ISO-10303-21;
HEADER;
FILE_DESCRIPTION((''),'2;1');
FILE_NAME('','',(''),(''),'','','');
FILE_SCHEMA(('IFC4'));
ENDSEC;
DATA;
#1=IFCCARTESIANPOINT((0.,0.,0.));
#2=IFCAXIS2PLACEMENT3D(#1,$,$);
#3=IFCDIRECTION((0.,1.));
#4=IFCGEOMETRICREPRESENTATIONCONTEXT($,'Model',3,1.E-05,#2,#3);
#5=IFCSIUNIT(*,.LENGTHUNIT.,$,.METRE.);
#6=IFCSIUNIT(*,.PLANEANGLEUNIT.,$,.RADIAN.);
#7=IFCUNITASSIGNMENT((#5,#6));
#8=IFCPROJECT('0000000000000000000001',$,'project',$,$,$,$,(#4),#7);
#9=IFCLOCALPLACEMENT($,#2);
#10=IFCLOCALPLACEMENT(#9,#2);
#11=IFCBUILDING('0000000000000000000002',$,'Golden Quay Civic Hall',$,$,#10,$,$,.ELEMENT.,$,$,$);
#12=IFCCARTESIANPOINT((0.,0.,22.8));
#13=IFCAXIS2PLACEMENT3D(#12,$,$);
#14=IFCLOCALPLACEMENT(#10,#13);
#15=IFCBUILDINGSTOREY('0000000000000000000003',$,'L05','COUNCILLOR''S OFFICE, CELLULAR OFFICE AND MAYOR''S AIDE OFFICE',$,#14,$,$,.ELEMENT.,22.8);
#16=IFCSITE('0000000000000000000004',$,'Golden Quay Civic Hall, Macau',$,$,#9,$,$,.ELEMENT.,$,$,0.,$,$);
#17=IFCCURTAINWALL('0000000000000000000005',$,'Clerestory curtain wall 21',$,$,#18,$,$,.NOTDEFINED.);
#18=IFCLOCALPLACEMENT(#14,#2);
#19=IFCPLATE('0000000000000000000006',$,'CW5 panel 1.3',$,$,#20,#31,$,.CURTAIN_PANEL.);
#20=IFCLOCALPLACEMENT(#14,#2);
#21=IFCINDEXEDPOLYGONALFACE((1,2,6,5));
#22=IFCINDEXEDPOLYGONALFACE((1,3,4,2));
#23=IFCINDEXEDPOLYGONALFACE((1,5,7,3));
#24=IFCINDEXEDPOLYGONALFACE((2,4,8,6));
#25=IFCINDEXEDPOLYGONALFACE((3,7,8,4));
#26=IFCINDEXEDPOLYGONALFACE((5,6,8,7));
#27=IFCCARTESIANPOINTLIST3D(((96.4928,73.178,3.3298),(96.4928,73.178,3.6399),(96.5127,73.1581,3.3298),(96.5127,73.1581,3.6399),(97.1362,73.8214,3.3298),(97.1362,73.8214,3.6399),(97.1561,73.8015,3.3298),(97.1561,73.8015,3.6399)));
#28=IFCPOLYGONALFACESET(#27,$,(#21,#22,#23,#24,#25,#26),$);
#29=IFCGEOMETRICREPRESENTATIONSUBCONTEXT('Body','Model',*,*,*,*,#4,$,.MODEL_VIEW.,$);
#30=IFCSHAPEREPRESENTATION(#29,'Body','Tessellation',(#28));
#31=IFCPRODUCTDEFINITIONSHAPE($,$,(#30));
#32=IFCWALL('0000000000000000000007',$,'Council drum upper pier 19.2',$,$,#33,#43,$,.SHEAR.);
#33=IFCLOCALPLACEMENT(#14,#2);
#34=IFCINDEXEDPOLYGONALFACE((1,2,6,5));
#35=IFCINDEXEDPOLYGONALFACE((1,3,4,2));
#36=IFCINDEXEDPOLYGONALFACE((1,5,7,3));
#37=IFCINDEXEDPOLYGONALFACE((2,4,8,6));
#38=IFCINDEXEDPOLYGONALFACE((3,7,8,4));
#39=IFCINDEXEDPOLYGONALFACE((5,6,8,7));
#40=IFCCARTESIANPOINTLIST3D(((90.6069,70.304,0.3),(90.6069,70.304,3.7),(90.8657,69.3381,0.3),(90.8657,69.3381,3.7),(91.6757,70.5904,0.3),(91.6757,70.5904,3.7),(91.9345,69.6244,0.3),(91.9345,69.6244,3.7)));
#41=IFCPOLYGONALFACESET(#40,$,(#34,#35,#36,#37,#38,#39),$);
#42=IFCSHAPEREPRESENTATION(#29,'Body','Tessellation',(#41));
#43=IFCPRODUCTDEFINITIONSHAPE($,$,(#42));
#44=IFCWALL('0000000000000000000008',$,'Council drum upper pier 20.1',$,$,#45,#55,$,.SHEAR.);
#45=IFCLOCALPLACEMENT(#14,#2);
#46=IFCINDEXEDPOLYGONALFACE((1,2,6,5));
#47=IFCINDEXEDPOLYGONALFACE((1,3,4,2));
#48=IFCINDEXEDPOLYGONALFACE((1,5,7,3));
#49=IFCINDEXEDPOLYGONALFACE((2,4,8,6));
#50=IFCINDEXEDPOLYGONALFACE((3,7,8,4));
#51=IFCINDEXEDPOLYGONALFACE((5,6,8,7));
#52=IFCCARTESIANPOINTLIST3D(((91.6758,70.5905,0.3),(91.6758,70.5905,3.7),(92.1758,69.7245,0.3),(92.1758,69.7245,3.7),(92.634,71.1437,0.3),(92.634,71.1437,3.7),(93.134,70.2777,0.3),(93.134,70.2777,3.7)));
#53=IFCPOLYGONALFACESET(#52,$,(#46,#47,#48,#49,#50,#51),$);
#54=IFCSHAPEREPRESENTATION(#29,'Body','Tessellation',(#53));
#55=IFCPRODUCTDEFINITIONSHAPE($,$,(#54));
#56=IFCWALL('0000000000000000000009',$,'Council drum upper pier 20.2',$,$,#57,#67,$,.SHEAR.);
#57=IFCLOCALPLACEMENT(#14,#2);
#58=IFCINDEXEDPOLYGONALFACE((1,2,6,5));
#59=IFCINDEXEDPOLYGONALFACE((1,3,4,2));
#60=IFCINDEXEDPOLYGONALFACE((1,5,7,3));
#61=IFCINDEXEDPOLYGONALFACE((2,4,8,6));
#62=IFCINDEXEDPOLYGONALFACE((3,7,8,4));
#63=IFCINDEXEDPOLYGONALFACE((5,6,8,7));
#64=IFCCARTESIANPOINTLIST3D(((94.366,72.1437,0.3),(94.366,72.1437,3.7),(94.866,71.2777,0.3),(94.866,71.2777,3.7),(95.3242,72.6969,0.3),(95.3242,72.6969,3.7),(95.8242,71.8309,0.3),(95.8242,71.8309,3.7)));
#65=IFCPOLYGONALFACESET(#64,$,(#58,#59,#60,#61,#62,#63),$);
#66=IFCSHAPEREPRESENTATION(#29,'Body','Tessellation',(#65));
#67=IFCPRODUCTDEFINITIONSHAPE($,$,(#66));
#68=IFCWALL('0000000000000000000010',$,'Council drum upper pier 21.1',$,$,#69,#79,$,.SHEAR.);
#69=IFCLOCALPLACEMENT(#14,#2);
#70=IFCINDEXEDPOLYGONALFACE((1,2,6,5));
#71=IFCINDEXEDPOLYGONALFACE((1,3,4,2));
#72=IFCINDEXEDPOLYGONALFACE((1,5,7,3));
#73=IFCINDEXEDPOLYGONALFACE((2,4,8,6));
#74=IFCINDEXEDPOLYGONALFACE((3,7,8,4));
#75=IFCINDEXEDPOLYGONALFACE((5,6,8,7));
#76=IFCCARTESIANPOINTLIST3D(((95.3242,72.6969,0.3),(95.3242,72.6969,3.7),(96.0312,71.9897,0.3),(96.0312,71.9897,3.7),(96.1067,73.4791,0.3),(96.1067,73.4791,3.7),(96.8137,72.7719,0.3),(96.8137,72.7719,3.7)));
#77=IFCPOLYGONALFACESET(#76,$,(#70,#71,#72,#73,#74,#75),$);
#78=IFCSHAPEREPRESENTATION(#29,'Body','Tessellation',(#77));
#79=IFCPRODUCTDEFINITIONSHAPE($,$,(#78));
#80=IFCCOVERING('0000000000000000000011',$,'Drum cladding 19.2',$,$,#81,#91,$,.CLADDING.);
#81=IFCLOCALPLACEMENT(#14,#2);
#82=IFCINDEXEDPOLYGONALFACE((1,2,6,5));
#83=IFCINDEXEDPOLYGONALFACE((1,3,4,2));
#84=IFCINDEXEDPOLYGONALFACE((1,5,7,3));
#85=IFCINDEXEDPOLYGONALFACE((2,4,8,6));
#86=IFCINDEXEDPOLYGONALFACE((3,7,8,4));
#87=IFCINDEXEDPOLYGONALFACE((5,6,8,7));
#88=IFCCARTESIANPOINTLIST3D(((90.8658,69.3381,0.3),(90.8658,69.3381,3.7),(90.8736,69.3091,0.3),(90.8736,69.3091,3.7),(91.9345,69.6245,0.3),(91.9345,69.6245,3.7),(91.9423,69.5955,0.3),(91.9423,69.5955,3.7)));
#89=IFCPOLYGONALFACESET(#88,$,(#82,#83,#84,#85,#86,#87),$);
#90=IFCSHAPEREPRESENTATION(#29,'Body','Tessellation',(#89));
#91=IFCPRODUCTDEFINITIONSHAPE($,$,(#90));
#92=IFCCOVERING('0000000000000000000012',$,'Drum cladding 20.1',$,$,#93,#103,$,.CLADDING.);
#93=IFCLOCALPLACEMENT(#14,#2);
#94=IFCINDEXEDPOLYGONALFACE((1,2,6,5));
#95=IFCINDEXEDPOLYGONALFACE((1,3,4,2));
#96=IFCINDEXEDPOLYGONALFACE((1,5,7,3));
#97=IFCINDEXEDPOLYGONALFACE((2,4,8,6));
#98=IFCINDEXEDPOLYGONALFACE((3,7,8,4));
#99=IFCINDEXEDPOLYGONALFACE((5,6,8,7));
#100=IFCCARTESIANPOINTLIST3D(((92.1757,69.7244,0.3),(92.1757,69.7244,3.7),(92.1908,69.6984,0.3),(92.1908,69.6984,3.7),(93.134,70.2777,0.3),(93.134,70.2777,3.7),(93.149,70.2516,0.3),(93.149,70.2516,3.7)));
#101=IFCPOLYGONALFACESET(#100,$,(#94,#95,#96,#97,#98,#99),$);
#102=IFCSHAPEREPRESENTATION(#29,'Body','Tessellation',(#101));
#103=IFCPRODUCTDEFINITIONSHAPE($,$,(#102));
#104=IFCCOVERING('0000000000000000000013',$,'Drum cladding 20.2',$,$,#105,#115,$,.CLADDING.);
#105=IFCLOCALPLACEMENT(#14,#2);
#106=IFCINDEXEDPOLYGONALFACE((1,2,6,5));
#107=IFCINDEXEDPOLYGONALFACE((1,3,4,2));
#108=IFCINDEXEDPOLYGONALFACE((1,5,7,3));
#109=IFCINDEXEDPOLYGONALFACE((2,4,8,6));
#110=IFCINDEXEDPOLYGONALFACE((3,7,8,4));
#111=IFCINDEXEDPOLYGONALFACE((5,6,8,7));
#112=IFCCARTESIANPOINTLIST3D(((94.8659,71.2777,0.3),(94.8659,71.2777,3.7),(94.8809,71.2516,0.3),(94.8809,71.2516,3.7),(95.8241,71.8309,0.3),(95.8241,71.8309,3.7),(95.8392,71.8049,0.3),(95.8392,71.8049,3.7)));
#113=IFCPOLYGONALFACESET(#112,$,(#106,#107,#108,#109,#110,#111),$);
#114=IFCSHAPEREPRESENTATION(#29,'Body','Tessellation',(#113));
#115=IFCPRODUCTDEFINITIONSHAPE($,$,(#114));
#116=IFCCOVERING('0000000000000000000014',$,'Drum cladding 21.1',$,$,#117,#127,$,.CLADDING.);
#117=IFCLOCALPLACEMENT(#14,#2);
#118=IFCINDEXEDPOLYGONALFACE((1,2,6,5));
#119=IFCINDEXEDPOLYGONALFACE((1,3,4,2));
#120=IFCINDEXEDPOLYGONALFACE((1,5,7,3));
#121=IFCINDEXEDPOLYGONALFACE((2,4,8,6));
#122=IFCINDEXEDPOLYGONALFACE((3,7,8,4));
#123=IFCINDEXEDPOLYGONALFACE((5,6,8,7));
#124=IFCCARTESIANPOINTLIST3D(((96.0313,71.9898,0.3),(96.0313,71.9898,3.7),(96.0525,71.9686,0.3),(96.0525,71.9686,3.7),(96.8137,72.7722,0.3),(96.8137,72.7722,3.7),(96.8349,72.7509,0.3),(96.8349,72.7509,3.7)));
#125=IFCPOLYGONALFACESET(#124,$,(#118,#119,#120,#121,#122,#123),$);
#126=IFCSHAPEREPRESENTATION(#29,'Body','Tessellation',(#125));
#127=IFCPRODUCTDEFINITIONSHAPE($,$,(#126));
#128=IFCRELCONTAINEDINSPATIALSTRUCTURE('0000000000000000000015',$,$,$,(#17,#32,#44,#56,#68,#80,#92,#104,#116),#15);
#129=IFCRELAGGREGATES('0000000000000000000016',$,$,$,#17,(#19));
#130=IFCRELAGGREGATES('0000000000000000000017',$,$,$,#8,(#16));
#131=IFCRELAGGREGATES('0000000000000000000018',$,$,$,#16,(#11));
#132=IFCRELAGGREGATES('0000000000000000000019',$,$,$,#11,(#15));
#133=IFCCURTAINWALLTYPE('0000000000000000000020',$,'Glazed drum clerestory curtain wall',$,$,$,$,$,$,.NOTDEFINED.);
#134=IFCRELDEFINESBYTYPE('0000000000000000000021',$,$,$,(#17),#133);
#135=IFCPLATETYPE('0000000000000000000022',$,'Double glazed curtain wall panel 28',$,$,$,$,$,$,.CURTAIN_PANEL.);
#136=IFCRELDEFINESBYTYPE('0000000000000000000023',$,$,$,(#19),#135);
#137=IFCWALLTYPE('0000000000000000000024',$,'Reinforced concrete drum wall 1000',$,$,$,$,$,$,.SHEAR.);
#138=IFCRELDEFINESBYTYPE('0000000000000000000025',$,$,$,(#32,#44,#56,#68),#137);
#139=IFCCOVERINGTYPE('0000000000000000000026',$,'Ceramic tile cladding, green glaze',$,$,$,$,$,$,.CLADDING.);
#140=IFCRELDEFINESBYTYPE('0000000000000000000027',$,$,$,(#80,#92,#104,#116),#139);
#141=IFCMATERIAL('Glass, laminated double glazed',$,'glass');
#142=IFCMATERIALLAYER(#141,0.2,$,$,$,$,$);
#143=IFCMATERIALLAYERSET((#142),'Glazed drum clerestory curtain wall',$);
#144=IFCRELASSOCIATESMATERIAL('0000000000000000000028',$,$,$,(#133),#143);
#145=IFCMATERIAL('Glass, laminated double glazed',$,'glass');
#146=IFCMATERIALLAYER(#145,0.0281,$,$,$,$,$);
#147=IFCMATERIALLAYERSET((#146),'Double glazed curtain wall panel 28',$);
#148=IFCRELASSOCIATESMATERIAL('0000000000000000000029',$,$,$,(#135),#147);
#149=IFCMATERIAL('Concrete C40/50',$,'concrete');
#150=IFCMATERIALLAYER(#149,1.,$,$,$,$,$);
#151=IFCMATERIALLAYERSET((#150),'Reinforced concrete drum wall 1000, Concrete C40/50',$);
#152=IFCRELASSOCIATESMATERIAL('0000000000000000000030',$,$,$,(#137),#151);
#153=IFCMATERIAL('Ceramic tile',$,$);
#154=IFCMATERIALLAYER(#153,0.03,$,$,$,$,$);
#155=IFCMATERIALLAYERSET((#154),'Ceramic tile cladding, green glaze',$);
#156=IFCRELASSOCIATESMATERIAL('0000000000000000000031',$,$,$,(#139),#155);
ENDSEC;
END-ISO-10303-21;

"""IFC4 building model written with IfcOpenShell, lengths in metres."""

from ifc_helpers import new_model, si_unit, direction, frame, frame_2d, origin, origin_2d, place, context, subcontext, project, spatial, rectangle, extrude, material, layer, layer_set, type_object, element, aggregate, save


model = new_model("IFC4")

# Units and contexts
model_context = context("Model", 3, precision=1e-05, world=origin(), true_north=direction((0.0, 1.0)))
body_context = subcontext(model_context, "Body", "Model", "MODEL_VIEW")
ifc_project = project(units=[si_unit("LENGTHUNIT", "METRE"), si_unit("PLANEANGLEUNIT", "RADIAN")], contexts=[model_context])

# Site, building, storey
site_placement = place(None, origin())
site = spatial("IfcSite", under=ifc_project, at=site_placement, Name="Golden Quay Civic Hall, Macau", CompositionType="ELEMENT", RefElevation=0.0)
building_placement = place(site_placement, origin())
building = spatial("IfcBuilding", under=site, at=building_placement, Name="Golden Quay Civic Hall", CompositionType="ELEMENT")
storey_placement = place(building_placement, frame((0.0, 0.0, 22.8)))
storey = spatial("IfcBuildingStorey", under=building, at=storey_placement, Name="L05", Description="COUNCILLOR'S OFFICE, CELLULAR OFFICE AND MAYOR'S AIDE OFFICE", CompositionType="ELEMENT", Elevation=22.8)

# Shared definitions
ifc_material_1 = material(Name="Glass, laminated double glazed", Category="glass")
ifc_layer_1 = layer(ifc_material_1, 0.2)
ifc_layer_set_1 = layer_set([ifc_layer_1], Name="Glazed drum clerestory curtain wall")
curtain_wall_type = type_object("IfcCurtainWallType", Name="Glazed drum clerestory curtain wall", PredefinedType="NOTDEFINED", material=ifc_layer_set_1)

# Curtain wall
curtain_wall_1_placement = place(storey_placement, origin())
curtain_wall_1 = element("IfcCurtainWall", 1, at=curtain_wall_1_placement, inside=storey, type_object=curtain_wall_type, Name="Clerestory curtain wall 21", PredefinedType="NOTDEFINED")

# Plate
ifc_material_2 = material(Name="Glass, laminated double glazed", Category="glass")
ifc_layer_2 = layer(ifc_material_2, 0.0281)
ifc_layer_set_2 = layer_set([ifc_layer_2], Name="Double glazed curtain wall panel 28")
plate_type = type_object("IfcPlateType", Name="Double glazed curtain wall panel 28", PredefinedType="CURTAIN_PANEL", material=ifc_layer_set_2)
plate_1_placement = place(storey_placement, frame((96.8245, 73.4897, 3.3298), z_axis=(0.0, 0.0, 1.0), x_axis=(0.707107, 0.707107, 0.0)))
plate_1 = element("IfcPlate", 2, at=plate_1_placement, type_object=plate_type, Name="CW5 panel 1.3", PredefinedType="CURTAIN_PANEL", context=body_context, shape_type="SweptSolid", body=[
    extrude(rectangle(XDim=0.9099, YDim=0.0281, at=origin_2d()), origin(), (0.0, 0.0, 1.0), 0.3101),
])
aggregate(curtain_wall_1, [plate_1])

# Walls
ifc_material_3 = material(Name="Concrete C40/50", Category="concrete")
ifc_layer_3 = layer(ifc_material_3, 1.0)
ifc_layer_set_3 = layer_set([ifc_layer_3], Name="Reinforced concrete drum wall 1000, Concrete C40/50")
wall_type = type_object("IfcWallType", Name="Reinforced concrete drum wall 1000", PredefinedType="SHEAR", material=ifc_layer_set_3)
for number, where, z_axis, x_axis, name in (
    (3, (90.7363, 69.821, 0.3), (0.0, 0.0, 1.0), (0.96593, 0.258802, 0.0), "Council drum upper pier 19.2"),
    (4, (91.9258, 70.1575, 0.3), (0.0, 0.0, 1.0), (0.866035, 0.499983, 0.0), "Council drum upper pier 20.1"),
    (5, (94.616, 71.7107, 0.3), (0.0, 0.0, 1.0), (0.866035, 0.499983, 0.0), "Council drum upper pier 20.2"),
    (6, (95.6777, 72.3433, 0.3), (0.0, 0.0, 1.0), (0.707217, 0.706996, 0.0), "Council drum upper pier 21.1"),
):
    element("IfcWall", number, at=place(storey_placement, frame(where, z_axis=z_axis, x_axis=x_axis)), inside=storey, type_object=wall_type, Name=name, PredefinedType="SHEAR", context=body_context, shape_type="SweptSolid", body=[
        extrude(rectangle(XDim=1.1064, YDim=1.0, at=frame_2d((0.5532, 0.0))), origin(), (0.0, 0.0, 1.0), 3.3999),
    ])

# Coverings
ifc_material_4 = material(Name="Ceramic tile")
ifc_layer_4 = layer(ifc_material_4, 0.03)
ifc_layer_set_4 = layer_set([ifc_layer_4], Name="Ceramic tile cladding, green glaze")
covering_type = type_object("IfcCoveringType", Name="Ceramic tile cladding, green glaze", PredefinedType="CLADDING", material=ifc_layer_set_4)
for number, where, z_axis, x_axis, name in (
    (7, (91.4041, 69.4668, 0.3), (0.0, 0.0, 1.0), (0.965926, 0.258819, 0.0), "Drum cladding 19.2"),
    (8, (92.6624, 69.988, 0.3), (0.0, 0.0, 1.0), (0.866025, 0.5, 0.0), "Drum cladding 20.1"),
    (9, (95.3525, 71.5413, 0.3), (0.0, 0.0, 1.0), (0.866025, 0.5, 0.0), "Drum cladding 20.2"),
    (10, (96.4331, 72.3704, 0.3), (0.0, 0.0, 1.0), (0.707107, 0.707107, 0.0), "Drum cladding 21.1"),
):
    element("IfcCovering", number, at=place(storey_placement, frame(where, z_axis=z_axis, x_axis=x_axis)), inside=storey, type_object=covering_type, Name=name, PredefinedType="CLADDING", context=body_context, shape_type="SweptSolid", body=[
        extrude(rectangle(XDim=1.1064, YDim=0.03, at=origin_2d()), origin(), (0.0, 0.0, 1.0), 3.3999),
    ])

save(model, "model.ifc")
